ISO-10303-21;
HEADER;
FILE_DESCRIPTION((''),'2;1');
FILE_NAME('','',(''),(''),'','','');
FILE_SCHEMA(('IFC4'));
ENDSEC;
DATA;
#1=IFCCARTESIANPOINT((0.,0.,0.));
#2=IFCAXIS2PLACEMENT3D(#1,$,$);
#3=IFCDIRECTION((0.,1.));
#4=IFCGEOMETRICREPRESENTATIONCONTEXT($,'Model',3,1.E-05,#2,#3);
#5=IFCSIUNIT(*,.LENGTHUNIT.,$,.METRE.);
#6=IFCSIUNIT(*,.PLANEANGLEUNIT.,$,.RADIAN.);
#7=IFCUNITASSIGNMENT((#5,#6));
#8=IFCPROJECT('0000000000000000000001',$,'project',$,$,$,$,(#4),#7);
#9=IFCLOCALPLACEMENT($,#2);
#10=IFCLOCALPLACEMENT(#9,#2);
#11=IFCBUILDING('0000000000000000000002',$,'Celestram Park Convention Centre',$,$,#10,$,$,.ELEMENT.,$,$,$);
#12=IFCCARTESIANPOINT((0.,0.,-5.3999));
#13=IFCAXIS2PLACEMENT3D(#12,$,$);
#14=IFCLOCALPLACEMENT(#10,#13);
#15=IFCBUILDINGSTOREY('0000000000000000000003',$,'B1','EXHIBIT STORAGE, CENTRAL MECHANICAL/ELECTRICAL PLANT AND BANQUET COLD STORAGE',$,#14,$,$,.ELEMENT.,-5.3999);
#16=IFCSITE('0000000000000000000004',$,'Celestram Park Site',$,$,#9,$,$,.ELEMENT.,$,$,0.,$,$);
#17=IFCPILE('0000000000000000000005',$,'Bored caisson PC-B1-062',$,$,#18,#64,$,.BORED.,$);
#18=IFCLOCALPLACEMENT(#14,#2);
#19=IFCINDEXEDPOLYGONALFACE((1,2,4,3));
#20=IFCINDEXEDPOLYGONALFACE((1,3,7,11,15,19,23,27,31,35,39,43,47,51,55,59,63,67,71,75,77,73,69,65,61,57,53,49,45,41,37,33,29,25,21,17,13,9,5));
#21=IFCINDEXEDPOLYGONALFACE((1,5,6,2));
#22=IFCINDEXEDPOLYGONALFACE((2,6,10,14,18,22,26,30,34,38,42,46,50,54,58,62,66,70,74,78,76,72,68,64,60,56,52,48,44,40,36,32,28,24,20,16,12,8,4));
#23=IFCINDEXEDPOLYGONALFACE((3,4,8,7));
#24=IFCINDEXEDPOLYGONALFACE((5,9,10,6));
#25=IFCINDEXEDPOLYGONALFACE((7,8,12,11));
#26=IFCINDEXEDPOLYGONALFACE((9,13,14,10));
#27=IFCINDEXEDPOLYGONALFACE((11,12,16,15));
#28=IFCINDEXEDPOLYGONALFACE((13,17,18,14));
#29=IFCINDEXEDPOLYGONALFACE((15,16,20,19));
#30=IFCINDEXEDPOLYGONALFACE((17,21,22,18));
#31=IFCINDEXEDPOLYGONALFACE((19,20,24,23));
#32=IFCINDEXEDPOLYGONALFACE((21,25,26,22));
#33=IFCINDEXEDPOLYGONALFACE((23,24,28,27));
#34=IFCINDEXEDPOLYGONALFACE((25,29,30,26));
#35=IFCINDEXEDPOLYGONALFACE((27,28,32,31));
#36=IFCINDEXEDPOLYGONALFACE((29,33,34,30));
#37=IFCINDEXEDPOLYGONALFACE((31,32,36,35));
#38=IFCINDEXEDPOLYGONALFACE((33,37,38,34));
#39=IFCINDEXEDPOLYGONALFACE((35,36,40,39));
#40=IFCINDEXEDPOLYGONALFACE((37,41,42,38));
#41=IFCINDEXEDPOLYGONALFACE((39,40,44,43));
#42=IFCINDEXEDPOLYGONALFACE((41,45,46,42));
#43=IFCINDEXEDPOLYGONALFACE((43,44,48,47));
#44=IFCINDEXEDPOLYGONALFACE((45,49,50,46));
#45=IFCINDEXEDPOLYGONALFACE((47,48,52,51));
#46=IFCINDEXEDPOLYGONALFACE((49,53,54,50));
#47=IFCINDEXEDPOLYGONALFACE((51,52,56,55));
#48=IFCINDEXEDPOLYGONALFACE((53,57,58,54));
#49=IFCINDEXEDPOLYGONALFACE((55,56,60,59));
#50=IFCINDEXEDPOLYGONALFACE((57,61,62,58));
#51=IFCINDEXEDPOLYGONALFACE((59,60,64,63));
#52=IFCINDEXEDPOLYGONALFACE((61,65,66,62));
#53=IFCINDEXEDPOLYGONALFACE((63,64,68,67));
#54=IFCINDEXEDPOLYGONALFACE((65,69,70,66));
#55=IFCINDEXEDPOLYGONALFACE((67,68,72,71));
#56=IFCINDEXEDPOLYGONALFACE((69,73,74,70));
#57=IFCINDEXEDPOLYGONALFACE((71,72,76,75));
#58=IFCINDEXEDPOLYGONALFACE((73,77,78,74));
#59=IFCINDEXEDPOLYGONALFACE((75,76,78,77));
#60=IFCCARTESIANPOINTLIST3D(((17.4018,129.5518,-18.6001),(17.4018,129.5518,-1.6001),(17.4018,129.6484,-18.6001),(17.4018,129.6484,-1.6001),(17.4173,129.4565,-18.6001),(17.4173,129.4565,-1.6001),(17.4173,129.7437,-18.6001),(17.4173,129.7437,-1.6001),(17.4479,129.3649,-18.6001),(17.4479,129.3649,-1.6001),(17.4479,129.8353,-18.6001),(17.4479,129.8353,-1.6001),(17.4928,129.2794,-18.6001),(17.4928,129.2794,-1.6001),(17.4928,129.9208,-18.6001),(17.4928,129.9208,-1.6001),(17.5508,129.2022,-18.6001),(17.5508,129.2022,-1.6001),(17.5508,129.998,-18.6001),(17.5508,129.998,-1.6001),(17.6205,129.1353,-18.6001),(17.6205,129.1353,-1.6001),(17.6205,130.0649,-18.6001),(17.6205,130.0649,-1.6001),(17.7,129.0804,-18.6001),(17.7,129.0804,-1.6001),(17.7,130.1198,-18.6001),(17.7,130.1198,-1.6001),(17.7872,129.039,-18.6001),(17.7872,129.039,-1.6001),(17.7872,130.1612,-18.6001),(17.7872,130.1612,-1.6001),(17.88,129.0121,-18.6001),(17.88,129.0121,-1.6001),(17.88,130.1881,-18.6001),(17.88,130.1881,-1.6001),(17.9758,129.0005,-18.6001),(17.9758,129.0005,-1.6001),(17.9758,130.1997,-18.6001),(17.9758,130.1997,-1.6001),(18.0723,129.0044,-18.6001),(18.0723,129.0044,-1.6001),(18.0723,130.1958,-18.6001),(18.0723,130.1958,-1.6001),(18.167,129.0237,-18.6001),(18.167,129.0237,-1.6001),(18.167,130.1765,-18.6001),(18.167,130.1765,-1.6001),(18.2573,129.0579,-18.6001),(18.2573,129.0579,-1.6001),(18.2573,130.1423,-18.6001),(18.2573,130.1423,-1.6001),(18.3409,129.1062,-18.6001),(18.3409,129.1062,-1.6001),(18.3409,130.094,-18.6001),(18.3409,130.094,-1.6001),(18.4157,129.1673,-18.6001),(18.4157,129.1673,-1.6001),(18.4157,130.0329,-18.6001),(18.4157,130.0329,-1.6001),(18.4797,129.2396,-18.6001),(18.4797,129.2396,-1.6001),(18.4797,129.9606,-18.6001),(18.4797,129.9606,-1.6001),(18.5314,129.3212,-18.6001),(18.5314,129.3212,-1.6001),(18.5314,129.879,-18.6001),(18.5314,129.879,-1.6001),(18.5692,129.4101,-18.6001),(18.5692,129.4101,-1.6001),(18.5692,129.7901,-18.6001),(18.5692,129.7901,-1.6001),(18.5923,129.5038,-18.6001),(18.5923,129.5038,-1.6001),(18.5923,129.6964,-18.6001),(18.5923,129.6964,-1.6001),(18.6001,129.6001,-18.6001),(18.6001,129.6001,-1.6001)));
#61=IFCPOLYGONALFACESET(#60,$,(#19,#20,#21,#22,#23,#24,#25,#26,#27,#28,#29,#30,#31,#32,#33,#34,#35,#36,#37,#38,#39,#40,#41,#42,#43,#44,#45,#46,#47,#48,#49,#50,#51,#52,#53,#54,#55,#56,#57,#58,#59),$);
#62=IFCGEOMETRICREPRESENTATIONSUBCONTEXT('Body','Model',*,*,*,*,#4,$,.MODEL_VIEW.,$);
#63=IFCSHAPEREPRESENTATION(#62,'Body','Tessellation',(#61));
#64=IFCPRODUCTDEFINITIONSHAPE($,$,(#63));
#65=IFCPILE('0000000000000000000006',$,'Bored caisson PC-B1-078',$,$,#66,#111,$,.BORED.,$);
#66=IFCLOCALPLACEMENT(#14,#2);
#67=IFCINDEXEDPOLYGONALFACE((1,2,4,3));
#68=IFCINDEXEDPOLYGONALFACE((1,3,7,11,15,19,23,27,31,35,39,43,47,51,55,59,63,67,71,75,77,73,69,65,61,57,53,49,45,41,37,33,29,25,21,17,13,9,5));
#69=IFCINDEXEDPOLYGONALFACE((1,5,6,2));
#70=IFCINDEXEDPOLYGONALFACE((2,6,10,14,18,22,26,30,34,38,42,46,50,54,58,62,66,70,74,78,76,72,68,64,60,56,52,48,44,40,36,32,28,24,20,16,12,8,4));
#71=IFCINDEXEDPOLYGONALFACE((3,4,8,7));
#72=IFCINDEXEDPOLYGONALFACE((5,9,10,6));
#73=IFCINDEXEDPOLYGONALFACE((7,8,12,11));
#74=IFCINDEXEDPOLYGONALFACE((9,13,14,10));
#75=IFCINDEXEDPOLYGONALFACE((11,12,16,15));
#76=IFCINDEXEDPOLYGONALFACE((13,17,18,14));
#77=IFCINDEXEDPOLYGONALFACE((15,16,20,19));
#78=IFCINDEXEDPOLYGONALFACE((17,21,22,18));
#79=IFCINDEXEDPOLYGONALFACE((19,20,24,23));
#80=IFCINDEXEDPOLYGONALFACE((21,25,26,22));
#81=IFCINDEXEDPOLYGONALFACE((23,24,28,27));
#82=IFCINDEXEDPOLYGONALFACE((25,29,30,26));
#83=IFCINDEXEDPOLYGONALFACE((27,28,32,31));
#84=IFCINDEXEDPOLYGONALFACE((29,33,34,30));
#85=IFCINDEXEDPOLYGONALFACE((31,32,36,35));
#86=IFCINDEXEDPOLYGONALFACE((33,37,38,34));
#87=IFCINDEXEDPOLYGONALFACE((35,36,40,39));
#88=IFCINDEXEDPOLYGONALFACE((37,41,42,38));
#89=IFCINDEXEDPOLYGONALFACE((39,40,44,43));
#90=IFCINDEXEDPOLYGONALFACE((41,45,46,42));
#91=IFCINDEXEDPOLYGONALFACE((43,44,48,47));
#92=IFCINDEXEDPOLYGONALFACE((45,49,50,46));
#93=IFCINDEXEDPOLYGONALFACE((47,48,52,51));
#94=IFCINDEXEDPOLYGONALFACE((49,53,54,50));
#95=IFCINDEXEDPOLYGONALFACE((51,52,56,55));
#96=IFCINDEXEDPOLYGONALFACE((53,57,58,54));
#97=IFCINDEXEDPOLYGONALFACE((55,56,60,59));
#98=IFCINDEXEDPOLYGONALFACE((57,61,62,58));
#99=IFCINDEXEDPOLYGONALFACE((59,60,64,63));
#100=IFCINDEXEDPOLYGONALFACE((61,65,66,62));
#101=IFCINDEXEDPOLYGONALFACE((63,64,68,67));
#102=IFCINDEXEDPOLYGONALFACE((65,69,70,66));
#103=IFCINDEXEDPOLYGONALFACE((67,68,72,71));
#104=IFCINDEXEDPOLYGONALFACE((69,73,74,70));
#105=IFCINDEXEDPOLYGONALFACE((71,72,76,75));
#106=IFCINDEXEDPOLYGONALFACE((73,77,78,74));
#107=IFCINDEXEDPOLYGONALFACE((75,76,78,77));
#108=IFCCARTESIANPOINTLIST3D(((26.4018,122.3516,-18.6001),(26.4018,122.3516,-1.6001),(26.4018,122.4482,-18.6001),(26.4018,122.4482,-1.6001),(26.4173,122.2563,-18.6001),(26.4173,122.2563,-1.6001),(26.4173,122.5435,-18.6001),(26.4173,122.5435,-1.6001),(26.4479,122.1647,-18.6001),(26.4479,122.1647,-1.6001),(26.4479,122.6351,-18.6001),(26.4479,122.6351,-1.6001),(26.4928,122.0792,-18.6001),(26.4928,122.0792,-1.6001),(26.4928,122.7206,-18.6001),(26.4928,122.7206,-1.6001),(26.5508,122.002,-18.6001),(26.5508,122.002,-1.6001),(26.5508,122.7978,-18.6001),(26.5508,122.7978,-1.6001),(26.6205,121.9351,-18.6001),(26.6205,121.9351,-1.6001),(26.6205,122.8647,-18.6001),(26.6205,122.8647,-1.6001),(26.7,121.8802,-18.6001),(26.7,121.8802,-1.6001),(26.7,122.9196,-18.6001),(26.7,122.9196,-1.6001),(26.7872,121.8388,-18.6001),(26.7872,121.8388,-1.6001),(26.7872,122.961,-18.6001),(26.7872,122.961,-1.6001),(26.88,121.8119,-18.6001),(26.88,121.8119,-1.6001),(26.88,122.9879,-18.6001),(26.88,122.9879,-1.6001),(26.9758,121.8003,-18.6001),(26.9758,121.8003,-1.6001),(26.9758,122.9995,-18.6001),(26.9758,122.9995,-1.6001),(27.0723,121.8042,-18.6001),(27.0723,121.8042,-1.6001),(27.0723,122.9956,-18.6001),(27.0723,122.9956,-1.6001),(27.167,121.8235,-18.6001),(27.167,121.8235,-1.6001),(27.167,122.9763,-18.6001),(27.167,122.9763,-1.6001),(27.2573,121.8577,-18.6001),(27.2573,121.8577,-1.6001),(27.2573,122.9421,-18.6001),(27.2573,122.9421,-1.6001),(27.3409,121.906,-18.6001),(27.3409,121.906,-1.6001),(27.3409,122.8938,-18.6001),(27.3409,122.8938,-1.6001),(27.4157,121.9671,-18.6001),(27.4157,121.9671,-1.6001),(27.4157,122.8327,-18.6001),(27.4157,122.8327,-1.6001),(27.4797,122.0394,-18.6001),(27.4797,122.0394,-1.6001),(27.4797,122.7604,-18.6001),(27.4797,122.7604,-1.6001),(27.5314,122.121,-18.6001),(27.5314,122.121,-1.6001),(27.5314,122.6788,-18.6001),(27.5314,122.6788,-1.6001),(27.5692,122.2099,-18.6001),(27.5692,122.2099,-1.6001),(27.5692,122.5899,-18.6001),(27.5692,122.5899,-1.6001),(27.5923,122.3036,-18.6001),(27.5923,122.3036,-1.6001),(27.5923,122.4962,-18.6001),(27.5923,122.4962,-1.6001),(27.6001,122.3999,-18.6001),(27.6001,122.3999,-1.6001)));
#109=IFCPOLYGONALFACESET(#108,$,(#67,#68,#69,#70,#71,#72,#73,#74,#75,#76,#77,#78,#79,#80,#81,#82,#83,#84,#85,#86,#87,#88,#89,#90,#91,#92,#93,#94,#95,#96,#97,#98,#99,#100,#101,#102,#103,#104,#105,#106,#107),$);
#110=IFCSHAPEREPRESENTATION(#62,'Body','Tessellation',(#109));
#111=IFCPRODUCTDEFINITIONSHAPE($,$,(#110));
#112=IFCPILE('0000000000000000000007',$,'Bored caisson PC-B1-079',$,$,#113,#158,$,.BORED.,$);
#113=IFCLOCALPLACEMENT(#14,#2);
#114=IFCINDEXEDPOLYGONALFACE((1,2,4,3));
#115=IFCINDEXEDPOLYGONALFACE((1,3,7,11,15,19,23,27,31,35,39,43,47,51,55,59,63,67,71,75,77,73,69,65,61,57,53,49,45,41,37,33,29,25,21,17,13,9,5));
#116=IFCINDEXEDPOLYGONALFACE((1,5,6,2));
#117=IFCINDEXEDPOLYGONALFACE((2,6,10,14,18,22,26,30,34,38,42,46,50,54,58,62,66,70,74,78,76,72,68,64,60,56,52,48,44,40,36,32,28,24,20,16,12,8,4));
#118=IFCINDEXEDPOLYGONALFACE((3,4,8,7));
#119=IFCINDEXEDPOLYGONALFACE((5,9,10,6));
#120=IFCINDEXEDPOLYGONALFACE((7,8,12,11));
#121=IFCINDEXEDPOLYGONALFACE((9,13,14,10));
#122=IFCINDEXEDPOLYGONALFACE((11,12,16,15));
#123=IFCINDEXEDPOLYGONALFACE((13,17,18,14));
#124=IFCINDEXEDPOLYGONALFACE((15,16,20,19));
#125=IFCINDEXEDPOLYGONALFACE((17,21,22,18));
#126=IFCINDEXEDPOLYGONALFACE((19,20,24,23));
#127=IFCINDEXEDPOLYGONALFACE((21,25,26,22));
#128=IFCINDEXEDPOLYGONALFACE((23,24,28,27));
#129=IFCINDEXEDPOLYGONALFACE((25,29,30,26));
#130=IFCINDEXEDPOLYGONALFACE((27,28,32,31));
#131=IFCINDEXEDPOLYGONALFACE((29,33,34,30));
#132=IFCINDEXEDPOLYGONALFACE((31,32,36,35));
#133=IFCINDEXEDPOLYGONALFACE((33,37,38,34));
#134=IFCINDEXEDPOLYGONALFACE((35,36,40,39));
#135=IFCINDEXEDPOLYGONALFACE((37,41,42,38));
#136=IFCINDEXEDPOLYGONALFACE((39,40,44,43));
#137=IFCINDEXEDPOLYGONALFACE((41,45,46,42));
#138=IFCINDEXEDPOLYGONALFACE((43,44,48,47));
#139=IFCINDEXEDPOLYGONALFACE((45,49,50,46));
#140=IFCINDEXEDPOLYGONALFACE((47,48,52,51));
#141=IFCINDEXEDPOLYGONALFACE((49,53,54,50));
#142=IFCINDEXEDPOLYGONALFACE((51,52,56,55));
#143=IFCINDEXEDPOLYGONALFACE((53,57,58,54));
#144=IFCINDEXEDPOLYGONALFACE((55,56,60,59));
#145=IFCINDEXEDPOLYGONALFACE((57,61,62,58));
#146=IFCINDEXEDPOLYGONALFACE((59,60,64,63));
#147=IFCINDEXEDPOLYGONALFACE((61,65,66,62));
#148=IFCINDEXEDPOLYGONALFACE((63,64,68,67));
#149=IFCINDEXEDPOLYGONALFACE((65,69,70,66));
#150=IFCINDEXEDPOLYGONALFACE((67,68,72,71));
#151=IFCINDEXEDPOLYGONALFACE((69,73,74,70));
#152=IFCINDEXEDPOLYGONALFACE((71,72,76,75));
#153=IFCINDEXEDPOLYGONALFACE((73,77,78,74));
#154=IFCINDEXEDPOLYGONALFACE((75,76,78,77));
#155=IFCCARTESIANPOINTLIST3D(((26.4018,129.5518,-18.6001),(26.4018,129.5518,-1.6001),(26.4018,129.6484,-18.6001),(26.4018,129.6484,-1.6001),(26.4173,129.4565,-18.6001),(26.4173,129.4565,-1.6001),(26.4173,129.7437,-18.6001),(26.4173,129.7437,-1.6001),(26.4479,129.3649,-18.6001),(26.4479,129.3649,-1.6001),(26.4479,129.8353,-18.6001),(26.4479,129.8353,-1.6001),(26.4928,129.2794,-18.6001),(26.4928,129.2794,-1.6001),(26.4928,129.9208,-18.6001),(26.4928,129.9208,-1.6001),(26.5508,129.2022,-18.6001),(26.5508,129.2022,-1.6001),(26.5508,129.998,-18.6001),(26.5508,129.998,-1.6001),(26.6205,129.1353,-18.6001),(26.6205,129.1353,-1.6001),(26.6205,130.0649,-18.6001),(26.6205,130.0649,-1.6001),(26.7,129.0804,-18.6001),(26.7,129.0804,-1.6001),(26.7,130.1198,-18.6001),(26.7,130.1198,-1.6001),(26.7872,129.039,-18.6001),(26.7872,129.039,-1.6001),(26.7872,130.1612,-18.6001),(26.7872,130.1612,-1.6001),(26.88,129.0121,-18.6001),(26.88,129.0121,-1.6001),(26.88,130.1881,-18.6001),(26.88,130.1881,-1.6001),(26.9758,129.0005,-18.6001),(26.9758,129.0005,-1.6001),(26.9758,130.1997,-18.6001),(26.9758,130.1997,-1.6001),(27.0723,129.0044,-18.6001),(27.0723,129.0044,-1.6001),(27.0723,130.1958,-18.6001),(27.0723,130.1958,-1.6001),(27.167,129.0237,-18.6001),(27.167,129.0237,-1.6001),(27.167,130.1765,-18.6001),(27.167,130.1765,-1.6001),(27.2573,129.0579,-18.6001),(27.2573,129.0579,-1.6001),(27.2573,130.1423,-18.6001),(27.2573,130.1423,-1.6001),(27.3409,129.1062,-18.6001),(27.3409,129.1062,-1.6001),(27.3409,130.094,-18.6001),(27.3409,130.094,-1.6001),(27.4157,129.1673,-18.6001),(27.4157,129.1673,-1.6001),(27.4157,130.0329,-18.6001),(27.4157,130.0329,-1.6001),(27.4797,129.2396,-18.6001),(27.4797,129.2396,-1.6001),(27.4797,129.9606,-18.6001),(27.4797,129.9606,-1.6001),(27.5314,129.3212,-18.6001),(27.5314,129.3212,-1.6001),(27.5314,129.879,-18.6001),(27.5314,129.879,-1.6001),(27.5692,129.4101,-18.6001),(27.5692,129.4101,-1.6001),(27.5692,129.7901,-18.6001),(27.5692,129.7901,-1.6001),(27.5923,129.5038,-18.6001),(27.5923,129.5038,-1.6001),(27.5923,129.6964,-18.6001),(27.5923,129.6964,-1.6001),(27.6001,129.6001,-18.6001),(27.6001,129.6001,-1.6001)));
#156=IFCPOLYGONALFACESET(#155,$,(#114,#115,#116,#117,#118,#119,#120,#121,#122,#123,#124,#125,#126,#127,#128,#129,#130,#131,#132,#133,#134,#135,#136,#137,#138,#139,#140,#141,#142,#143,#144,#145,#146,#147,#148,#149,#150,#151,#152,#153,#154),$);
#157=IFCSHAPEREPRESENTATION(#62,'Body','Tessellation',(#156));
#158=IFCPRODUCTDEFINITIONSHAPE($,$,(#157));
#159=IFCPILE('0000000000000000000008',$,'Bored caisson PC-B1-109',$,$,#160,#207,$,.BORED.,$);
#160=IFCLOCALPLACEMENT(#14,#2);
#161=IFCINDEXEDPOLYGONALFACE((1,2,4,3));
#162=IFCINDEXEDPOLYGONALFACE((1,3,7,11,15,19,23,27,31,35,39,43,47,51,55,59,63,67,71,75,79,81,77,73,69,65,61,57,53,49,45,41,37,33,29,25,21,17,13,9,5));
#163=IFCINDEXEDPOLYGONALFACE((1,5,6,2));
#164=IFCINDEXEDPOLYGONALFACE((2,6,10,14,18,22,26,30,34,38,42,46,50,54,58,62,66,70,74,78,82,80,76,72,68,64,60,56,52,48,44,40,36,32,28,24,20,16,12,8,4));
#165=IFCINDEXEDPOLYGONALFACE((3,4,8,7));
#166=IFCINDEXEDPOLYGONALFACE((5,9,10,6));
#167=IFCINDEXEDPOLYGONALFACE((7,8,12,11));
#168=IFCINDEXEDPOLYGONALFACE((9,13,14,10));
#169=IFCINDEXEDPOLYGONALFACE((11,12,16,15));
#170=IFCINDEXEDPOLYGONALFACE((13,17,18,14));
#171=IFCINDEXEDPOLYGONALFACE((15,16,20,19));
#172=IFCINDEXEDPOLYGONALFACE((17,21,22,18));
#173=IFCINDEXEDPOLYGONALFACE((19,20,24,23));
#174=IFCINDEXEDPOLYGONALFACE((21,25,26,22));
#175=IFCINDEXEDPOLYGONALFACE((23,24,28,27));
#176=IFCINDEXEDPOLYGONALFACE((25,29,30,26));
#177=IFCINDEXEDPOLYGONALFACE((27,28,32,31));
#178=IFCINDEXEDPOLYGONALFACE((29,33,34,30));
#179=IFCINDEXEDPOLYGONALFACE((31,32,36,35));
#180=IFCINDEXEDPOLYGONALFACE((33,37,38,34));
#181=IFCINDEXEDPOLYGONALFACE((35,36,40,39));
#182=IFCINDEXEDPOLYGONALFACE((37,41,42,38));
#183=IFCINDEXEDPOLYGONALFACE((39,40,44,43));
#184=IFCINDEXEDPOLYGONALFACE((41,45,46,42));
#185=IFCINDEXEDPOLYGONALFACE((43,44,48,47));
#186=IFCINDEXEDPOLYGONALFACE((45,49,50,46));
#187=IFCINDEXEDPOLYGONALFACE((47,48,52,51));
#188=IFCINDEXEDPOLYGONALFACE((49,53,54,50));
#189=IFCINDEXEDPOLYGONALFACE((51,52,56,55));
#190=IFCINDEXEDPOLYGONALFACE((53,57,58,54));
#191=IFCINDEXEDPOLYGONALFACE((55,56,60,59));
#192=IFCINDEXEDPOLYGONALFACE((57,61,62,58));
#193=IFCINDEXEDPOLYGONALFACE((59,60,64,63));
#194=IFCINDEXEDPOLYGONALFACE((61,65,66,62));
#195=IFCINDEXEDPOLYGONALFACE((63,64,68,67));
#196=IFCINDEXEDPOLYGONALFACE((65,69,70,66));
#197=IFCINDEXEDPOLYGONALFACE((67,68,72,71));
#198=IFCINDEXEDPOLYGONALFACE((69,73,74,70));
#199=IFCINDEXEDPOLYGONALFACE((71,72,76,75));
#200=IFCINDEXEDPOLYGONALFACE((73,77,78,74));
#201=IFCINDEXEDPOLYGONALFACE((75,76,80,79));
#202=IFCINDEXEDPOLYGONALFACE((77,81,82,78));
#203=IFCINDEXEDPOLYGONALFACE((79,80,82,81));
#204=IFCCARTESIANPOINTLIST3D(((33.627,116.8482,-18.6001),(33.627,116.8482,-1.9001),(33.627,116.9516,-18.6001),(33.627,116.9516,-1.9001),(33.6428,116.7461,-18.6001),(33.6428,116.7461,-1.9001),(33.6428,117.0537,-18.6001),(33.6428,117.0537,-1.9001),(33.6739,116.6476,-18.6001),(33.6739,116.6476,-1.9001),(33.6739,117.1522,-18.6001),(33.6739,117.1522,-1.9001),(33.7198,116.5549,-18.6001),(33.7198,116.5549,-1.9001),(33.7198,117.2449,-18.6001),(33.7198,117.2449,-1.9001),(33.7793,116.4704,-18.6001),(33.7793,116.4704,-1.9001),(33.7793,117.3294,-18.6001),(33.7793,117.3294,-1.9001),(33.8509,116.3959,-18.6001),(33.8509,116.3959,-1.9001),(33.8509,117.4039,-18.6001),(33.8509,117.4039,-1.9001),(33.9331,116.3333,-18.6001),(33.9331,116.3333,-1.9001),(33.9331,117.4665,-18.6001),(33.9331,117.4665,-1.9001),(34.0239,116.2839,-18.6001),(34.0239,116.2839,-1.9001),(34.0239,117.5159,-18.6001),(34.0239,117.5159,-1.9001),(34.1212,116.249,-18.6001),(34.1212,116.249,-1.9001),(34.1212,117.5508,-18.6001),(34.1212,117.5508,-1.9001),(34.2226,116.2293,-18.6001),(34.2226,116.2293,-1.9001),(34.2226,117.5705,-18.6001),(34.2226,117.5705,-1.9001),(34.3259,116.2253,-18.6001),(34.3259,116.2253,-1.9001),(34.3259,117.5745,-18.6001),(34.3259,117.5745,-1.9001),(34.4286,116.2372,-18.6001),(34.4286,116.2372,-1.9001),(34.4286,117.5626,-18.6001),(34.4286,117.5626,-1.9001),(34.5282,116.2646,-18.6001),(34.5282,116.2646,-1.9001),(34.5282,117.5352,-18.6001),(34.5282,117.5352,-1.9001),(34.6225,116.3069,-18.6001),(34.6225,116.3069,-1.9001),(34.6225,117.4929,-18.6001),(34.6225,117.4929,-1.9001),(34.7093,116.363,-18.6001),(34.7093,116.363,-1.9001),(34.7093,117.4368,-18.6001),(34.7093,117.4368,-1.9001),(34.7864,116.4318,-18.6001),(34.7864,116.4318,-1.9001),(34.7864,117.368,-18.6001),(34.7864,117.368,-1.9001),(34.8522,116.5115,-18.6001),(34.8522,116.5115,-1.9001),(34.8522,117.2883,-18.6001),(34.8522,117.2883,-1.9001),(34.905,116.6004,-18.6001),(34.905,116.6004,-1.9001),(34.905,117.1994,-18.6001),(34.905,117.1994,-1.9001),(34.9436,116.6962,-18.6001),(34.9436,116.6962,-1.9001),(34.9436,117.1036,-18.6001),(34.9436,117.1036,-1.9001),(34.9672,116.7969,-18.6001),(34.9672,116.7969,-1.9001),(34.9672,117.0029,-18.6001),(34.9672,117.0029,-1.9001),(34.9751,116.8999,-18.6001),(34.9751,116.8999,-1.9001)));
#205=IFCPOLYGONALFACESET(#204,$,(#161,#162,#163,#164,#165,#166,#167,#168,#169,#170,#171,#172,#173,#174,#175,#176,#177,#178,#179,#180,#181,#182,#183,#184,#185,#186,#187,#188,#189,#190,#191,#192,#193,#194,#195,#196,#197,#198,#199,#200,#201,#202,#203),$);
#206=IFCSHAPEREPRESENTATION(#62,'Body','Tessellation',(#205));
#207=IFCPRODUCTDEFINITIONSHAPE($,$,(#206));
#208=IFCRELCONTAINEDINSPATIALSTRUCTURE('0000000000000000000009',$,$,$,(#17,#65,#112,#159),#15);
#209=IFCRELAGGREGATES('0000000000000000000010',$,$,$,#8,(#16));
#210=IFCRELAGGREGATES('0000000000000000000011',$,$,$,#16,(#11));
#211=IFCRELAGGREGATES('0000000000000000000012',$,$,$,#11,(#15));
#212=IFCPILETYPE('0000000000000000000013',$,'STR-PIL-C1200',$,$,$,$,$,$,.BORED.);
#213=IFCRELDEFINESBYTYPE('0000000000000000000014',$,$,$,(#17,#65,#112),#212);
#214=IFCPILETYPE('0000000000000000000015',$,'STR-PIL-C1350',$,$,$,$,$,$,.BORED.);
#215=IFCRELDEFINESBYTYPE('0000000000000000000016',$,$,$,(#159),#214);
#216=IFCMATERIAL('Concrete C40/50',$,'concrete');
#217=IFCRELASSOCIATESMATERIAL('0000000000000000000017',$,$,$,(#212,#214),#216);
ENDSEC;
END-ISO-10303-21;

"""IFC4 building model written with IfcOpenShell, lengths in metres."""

from ifc_helpers import new_model, si_unit, direction, frame, origin, origin_2d, place, context, subcontext, project, spatial, circle, extrude, material, material_profile, profile_set, type_object, element, save


model = new_model("IFC4")

# Units and contexts
model_context = context("Model", 3, precision=1e-05, world=origin(), true_north=direction((0.0, 1.0)))
body_context = subcontext(model_context, "Body", "Model", "MODEL_VIEW")
ifc_project = project(units=[si_unit("LENGTHUNIT", "METRE"), si_unit("PLANEANGLEUNIT", "RADIAN")], contexts=[model_context])

# Site, building, storey
site_placement = place(None, origin())
site = spatial("IfcSite", under=ifc_project, at=site_placement, Name="Celestram Park Site", CompositionType="ELEMENT", RefElevation=0.0)
building_placement = place(site_placement, origin())
building = spatial("IfcBuilding", under=site, at=building_placement, Name="Celestram Park Convention Centre", CompositionType="ELEMENT")
storey_placement = place(building_placement, frame((0.0, 0.0, -5.3999)))
storey = spatial("IfcBuildingStorey", under=building, at=storey_placement, Name="B1", Description="EXHIBIT STORAGE, CENTRAL MECHANICAL/ELECTRICAL PLANT AND BANQUET COLD STORAGE", CompositionType="ELEMENT", Elevation=-5.3999)

# Shared definitions
ifc_material_1 = material(Name="Concrete C40/50", Category="concrete")

# Piles
ifc_material_profile_1 = material_profile(ifc_material_1, circle(Radius=0.6001, at=origin_2d()), Name="CAISSON1200")
ifc_profile_set_1 = profile_set([ifc_material_profile_1], Name="Concrete C40/50")
pile_type_1 = type_object("IfcPileType", Name="STR-PIL-C1200", PredefinedType="BORED", material=ifc_profile_set_1)
for number, where, z_axis, x_axis, name in (
    (1, (18.0, 129.6001, -1.6001), (0.0, 0.0, -1.0), (1.0, 0.0, 0.0), "Bored caisson PC-B1-062"),
    (2, (27.0, 122.3999, -1.6001), (0.0, 0.0, -1.0), (1.0, 0.0, 0.0), "Bored caisson PC-B1-078"),
    (3, (27.0, 129.6001, -1.6001), (0.0, 0.0, -1.0), (1.0, 0.0, 0.0), "Bored caisson PC-B1-079"),
):
    element("IfcPile", number, at=place(storey_placement, frame(where, z_axis=z_axis, x_axis=x_axis)), inside=storey, type_object=pile_type_1, Name=name, PredefinedType="BORED", context=body_context, shape_type="SweptSolid", body=[
        extrude(circle(Radius=0.6001, at=origin_2d()), origin(), (0.0, 0.0, 1.0), 17.0),
    ])
ifc_material_profile_2 = material_profile(ifc_material_1, circle(Radius=0.675, at=origin_2d()), Name="CAISSON1350")
ifc_profile_set_2 = profile_set([ifc_material_profile_2], Name="Concrete C40/50")
pile_type_2 = type_object("IfcPileType", Name="STR-PIL-C1350", PredefinedType="BORED", material=ifc_profile_set_2)
for number, where, z_axis, x_axis, name in (
    (4, (34.3, 116.8999, -1.9001), (0.0, 0.0, -1.0), (1.0, 0.0, 0.0), "Bored caisson PC-B1-109"),
):
    element("IfcPile", number, at=place(storey_placement, frame(where, z_axis=z_axis, x_axis=x_axis)), inside=storey, type_object=pile_type_2, Name=name, PredefinedType="BORED", context=body_context, shape_type="SweptSolid", body=[
        extrude(circle(Radius=0.675, at=origin_2d()), origin(), (0.0, 0.0, 1.0), 16.7),
    ])

save(model, "model.ifc")
